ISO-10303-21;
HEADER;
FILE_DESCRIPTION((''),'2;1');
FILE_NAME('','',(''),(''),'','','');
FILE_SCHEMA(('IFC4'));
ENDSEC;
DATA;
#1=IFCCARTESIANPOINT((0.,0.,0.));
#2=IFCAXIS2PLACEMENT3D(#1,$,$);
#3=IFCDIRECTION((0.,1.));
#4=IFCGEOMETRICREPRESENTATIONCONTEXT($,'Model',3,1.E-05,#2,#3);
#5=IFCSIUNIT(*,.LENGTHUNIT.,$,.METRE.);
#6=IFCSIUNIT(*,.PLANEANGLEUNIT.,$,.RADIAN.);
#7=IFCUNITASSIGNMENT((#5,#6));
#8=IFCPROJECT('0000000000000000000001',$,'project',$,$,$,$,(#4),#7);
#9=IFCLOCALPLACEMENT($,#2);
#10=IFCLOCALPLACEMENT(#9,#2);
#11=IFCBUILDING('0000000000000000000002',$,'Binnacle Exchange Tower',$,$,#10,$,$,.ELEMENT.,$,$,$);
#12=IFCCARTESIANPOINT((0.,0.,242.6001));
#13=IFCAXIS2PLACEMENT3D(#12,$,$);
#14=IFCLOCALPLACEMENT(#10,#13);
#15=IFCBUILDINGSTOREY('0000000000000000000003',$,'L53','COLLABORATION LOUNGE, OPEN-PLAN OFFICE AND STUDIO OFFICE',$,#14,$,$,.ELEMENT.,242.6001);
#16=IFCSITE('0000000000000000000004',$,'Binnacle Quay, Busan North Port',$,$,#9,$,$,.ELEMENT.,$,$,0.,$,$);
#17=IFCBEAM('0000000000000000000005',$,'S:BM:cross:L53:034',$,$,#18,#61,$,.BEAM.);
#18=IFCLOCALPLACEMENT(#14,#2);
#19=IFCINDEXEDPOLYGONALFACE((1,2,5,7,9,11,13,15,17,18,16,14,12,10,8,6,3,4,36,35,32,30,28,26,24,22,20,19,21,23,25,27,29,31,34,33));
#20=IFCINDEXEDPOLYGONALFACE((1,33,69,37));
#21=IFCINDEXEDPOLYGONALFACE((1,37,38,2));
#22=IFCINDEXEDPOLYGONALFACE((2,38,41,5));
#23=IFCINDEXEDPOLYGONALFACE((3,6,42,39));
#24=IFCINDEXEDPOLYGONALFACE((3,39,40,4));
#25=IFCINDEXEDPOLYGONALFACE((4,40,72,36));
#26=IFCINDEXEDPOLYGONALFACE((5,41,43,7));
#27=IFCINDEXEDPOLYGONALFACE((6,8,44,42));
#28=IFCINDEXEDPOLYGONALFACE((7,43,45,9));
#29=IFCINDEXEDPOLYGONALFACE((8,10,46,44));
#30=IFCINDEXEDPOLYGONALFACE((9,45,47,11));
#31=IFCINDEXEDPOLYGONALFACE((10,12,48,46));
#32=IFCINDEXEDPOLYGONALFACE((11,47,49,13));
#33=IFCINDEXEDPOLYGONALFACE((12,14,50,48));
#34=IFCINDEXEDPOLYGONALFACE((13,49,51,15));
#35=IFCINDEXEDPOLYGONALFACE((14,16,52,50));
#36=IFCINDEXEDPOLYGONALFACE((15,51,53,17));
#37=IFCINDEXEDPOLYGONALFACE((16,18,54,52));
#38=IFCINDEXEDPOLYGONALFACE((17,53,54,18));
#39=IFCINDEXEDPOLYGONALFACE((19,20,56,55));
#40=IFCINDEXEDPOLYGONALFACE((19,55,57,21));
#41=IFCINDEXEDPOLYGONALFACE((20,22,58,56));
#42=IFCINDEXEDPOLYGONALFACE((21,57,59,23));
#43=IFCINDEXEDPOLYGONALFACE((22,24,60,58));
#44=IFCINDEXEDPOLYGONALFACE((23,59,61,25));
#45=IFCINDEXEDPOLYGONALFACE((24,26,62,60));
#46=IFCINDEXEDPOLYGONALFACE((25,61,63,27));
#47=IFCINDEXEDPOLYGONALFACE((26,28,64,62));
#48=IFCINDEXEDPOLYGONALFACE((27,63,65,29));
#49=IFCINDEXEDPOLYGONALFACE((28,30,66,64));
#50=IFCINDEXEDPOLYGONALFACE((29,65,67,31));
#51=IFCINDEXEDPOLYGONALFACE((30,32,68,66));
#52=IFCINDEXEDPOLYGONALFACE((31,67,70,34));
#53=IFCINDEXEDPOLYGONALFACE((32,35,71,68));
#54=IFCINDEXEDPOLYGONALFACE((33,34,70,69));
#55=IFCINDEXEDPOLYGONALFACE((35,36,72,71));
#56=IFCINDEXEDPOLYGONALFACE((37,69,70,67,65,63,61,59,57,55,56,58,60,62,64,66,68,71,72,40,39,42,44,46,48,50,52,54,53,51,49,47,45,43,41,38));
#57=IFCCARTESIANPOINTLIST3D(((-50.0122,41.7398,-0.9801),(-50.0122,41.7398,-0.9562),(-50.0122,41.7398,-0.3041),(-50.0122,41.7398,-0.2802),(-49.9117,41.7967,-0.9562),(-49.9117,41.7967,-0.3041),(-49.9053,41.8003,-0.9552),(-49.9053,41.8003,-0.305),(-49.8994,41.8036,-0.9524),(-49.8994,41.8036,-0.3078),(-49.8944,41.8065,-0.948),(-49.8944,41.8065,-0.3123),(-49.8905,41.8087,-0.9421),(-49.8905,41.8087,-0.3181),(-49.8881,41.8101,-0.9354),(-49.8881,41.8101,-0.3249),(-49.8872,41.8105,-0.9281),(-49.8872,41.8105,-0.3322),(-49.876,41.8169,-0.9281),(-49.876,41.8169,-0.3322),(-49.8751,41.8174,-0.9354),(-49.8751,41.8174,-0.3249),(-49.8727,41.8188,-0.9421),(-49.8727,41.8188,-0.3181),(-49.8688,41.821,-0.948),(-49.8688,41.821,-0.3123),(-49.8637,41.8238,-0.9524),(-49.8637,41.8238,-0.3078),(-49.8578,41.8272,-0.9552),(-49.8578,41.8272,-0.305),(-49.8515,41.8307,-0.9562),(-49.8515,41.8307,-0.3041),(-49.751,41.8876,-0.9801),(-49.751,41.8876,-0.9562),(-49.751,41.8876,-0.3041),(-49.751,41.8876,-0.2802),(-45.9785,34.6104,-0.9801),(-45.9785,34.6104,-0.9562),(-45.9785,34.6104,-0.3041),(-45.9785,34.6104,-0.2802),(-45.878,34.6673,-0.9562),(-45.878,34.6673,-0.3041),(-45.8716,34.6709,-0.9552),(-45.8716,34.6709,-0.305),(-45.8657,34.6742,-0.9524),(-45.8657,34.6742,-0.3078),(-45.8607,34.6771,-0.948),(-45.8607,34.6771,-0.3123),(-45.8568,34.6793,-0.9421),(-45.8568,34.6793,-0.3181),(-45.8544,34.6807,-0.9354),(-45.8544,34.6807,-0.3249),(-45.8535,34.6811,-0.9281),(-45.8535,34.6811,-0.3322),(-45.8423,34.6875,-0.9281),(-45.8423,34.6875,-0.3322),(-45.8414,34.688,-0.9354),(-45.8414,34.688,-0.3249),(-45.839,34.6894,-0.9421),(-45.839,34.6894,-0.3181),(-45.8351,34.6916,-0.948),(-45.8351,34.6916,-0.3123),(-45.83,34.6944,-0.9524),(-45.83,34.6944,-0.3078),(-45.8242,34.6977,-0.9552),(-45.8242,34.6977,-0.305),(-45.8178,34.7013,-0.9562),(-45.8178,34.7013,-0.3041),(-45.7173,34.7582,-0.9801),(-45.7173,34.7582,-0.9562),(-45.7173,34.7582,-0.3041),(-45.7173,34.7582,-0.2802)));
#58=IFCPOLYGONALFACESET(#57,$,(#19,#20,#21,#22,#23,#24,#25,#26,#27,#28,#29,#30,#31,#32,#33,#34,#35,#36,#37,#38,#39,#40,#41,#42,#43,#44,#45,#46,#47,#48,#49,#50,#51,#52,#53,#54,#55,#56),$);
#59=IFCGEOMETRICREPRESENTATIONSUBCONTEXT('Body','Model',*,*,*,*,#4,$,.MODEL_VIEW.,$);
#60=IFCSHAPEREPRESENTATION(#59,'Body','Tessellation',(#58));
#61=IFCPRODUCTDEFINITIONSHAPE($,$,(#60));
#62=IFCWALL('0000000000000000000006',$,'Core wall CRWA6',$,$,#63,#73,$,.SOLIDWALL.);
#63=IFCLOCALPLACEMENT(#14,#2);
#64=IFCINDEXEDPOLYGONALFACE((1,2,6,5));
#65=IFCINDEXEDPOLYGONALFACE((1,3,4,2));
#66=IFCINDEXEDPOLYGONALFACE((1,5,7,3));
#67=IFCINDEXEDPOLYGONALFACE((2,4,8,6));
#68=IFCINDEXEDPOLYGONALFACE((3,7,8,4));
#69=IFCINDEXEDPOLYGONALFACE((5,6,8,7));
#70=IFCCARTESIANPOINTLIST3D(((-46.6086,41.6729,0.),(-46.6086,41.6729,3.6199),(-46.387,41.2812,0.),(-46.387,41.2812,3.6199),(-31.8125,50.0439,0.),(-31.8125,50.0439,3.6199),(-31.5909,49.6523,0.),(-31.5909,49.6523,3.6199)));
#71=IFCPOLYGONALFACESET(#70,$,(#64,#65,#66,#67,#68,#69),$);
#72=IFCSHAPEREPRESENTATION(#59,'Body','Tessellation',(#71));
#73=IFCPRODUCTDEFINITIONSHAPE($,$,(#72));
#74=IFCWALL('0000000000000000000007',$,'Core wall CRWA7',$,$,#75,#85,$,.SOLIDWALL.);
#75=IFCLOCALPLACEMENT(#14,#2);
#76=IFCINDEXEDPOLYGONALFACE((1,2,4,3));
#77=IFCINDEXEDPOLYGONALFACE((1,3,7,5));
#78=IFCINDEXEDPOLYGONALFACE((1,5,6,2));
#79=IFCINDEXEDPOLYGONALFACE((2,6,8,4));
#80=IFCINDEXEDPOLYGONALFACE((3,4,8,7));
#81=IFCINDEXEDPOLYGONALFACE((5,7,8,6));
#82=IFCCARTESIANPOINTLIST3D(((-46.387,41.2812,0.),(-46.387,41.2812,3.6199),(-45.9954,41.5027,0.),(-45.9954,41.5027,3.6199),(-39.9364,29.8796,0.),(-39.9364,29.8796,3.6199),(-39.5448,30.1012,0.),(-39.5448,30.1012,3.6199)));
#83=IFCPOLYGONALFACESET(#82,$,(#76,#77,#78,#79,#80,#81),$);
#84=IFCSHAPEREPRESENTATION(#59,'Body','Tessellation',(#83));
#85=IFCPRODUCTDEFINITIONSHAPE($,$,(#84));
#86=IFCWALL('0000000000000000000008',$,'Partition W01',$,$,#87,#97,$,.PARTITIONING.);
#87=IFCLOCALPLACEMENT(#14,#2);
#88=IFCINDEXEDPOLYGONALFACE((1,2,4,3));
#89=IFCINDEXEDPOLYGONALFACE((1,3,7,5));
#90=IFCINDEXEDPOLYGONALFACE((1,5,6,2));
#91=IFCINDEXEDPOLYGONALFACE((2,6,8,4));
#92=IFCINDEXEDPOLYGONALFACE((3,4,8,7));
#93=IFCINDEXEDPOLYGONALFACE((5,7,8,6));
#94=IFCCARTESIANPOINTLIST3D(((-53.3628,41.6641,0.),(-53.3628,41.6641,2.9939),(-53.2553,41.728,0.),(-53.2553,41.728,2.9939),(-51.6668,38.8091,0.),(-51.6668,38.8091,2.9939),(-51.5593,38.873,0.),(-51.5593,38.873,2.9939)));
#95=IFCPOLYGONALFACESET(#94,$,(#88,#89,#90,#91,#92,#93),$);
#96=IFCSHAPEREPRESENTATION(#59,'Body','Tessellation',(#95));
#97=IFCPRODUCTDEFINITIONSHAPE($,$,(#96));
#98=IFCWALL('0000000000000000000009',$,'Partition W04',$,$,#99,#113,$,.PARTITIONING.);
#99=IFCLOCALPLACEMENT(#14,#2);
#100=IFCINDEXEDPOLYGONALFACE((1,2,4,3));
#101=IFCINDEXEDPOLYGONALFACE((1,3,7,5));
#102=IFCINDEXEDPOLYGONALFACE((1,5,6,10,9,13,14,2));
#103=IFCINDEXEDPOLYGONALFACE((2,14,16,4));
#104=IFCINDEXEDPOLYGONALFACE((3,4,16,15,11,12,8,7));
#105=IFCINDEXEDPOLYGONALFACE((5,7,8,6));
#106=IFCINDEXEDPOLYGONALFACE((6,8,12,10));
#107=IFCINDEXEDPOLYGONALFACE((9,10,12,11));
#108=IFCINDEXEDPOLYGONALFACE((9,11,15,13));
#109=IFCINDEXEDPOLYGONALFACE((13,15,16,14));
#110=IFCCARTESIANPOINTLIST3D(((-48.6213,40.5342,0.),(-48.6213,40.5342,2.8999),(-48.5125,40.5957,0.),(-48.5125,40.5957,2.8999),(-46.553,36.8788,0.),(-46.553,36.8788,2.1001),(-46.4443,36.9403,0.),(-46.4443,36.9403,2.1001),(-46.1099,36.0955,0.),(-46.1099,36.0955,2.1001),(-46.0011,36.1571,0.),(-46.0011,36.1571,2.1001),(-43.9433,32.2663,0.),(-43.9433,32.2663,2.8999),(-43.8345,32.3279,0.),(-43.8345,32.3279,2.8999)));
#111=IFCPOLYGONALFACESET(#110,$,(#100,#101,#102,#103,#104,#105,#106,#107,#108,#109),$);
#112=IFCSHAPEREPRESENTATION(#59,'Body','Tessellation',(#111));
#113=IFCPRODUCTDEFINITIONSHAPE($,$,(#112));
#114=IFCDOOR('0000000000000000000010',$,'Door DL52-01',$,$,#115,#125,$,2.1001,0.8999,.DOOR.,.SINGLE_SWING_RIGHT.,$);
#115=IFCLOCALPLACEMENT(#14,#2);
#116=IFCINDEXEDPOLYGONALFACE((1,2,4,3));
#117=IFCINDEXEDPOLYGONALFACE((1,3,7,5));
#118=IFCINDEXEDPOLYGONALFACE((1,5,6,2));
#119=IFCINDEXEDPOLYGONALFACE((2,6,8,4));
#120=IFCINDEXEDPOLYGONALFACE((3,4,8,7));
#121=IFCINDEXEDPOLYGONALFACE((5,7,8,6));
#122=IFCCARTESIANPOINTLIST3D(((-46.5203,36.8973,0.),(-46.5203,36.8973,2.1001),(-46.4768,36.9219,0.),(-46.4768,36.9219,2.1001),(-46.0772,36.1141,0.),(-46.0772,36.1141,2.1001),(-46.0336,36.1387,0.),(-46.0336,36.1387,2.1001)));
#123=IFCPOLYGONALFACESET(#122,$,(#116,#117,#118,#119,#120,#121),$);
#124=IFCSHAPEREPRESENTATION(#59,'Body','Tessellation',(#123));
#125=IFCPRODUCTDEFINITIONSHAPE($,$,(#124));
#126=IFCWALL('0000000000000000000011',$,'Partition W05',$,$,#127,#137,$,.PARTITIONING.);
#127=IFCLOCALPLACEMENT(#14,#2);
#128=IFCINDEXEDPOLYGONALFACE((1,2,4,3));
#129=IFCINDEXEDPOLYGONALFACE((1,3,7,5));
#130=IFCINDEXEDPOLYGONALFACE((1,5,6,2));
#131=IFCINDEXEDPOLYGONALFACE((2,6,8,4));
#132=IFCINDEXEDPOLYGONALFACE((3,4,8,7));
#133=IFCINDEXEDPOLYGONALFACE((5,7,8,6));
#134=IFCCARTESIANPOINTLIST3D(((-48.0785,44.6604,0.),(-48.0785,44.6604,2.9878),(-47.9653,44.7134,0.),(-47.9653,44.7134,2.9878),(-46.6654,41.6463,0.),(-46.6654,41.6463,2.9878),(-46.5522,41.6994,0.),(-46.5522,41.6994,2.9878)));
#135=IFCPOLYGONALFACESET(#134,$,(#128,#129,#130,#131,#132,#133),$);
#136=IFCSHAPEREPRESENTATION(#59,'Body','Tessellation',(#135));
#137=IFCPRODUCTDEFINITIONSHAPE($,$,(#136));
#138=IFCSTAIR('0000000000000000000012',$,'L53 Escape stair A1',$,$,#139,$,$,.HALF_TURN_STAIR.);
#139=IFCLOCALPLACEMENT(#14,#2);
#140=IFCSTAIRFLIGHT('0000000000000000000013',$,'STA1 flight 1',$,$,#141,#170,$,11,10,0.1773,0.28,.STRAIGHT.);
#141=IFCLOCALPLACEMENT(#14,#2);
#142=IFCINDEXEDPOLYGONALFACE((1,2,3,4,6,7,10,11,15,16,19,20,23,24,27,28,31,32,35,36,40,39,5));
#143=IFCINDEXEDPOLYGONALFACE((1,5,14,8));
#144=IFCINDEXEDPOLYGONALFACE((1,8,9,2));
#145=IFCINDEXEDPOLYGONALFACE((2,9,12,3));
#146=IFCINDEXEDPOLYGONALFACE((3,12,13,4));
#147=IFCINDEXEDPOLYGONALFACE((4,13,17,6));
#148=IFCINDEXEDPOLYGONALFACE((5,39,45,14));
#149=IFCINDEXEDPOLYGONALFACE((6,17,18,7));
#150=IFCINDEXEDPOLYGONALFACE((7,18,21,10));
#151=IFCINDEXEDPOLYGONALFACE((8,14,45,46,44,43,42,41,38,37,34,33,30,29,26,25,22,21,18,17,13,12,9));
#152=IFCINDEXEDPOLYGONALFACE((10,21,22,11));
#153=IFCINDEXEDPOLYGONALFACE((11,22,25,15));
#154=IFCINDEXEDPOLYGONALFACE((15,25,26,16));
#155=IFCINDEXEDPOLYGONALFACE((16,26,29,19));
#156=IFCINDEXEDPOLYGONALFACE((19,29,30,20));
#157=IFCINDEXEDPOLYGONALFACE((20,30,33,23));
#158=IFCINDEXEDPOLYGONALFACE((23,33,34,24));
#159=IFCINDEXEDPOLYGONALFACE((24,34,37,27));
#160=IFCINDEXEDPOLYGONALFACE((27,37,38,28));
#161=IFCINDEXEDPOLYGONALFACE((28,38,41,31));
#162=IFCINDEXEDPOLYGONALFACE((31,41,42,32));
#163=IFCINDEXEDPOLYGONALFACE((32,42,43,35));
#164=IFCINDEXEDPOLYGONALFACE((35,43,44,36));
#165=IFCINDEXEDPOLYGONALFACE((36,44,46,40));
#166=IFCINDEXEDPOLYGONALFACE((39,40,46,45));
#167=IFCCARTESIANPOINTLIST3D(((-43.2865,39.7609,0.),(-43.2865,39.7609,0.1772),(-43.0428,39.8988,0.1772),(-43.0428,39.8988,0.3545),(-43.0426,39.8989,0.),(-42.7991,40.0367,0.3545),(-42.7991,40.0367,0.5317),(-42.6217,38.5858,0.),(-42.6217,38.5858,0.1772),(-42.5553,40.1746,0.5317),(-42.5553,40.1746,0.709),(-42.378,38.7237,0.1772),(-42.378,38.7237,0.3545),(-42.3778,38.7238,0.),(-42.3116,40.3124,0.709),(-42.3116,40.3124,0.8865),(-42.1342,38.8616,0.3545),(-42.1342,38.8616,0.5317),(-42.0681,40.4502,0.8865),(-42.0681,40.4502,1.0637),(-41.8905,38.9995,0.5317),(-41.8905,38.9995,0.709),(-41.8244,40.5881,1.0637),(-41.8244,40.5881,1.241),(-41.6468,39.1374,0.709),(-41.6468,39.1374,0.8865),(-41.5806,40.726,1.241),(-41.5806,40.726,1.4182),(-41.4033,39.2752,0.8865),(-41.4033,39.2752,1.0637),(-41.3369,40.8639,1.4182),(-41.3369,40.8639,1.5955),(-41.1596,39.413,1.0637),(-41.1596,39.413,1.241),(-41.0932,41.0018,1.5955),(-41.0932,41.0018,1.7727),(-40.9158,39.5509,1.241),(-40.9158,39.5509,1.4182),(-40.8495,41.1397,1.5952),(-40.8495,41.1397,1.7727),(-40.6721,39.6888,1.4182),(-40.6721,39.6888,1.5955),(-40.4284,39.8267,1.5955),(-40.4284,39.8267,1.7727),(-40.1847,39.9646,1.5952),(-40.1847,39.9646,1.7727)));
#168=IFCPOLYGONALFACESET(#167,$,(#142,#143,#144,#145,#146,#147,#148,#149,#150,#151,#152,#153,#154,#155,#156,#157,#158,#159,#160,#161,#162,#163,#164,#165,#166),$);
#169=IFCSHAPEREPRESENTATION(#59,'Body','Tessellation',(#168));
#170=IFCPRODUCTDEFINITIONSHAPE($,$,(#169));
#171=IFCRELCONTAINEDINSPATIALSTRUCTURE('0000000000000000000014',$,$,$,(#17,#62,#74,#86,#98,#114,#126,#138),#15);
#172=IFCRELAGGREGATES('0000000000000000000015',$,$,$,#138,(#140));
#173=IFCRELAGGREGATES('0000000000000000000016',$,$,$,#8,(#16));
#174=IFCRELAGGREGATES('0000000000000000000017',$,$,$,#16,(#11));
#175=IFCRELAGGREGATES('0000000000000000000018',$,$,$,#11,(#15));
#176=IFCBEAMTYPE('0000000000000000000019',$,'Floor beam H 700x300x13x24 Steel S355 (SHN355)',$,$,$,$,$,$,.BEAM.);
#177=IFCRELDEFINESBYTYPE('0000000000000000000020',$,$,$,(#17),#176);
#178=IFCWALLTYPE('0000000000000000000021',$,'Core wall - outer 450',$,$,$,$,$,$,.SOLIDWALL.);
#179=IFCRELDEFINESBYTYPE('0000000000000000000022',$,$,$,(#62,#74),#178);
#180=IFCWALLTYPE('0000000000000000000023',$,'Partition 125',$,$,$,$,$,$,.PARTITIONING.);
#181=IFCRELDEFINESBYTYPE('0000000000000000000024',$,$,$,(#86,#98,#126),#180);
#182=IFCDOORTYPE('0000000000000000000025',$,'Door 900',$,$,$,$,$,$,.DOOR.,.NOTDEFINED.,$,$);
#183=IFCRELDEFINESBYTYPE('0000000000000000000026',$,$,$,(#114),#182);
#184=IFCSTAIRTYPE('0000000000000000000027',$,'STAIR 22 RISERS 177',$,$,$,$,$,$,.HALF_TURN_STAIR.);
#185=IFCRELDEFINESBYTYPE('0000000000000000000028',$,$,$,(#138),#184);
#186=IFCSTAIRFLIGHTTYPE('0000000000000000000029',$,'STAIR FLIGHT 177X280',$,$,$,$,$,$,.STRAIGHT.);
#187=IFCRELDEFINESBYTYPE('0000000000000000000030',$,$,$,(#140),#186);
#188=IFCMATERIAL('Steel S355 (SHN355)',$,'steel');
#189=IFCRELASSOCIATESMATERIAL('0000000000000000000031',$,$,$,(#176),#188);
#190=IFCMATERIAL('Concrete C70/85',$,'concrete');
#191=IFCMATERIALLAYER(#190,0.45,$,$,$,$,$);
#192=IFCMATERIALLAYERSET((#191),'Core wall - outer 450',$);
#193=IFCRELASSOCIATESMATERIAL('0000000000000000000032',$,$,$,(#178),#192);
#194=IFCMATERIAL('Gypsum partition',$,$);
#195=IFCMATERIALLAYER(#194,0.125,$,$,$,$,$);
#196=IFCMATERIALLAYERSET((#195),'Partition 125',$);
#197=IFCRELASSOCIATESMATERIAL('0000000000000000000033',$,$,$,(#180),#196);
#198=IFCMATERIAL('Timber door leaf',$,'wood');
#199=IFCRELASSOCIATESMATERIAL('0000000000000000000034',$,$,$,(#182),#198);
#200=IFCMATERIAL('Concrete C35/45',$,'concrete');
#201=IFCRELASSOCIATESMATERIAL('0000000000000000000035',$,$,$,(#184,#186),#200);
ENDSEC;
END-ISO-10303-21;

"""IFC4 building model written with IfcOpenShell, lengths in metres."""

from ifc_helpers import new_model, si_unit, direction, frame, frame_2d, origin, origin_2d, place, context, subcontext, project, spatial, polyline, rectangle, i_section, outline, extrude, material, layer, layer_set, material_profile, profile_set, type_object, element, fill, aggregate, save


model = new_model("IFC4")

# Units and contexts
model_context = context("Model", 3, precision=1e-05, world=origin(), true_north=direction((0.0, 1.0)))
body_context = subcontext(model_context, "Body", "Model", "MODEL_VIEW")
ifc_project = project(units=[si_unit("LENGTHUNIT", "METRE"), si_unit("PLANEANGLEUNIT", "RADIAN")], contexts=[model_context])

# Site, building, storey
site_placement = place(None, origin())
site = spatial("IfcSite", under=ifc_project, at=site_placement, Name="Binnacle Quay, Busan North Port", CompositionType="ELEMENT", RefElevation=0.0)
building_placement = place(site_placement, origin())
building = spatial("IfcBuilding", under=site, at=building_placement, Name="Binnacle Exchange Tower", CompositionType="ELEMENT")
storey_placement = place(building_placement, frame((0.0, 0.0, 242.6001)))
storey = spatial("IfcBuildingStorey", under=building, at=storey_placement, Name="L53", Description="COLLABORATION LOUNGE, OPEN-PLAN OFFICE AND STUDIO OFFICE", CompositionType="ELEMENT", Elevation=242.6001)

# Beam
ifc_material_1 = material(Name="Steel S355 (SHN355)", Category="steel")
ifc_material_profile_1 = material_profile(ifc_material_1, i_section(OverallWidth=0.3, OverallDepth=0.7, WebThickness=0.0129, FlangeThickness=0.0239, FilletRadius=0.0281, at=origin_2d()), Name="H 700x300x13x24")
ifc_profile_set_1 = profile_set([ifc_material_profile_1], Name="Steel S355 (SHN355)")
beam_type_1 = type_object("IfcBeamType", Name="Floor beam H 700x300x13x24 Steel S355 (SHN355)", PredefinedType="BEAM", material=ifc_profile_set_1)
beam_1_placement = place(storey_placement, frame((-49.8816, 41.8137, -0.6301), z_axis=(0.49243, -0.870352, 0.0), x_axis=(0.870352, 0.49243, 0.0)))
element("IfcBeam", 1, at=beam_1_placement, inside=storey, type_object=beam_type_1, Name="S:BM:cross:L53:034", PredefinedType="BEAM", context=body_context, shape_type="SweptSolid", body=[
    extrude(i_section(OverallWidth=0.3, OverallDepth=0.7, WebThickness=0.0129, FlangeThickness=0.0239, FilletRadius=0.0281, at=origin_2d()), origin(), (0.0, 0.0, 1.0), 8.1914),
])

# Walls
ifc_material_2 = material(Name="Concrete C70/85", Category="concrete")
ifc_layer_1 = layer(ifc_material_2, 0.45)
ifc_layer_set_1 = layer_set([ifc_layer_1], Name="Core wall - outer 450")
wall_type_1 = type_object("IfcWallType", Name="Core wall - outer 450", PredefinedType="SOLIDWALL", material=ifc_layer_set_1)
wall_1_placement = place(storey_placement, frame((-46.4978, 41.4771, 0.0), z_axis=(0.0, 0.0, 1.0), x_axis=(0.87036, 0.492416, 0.0)))
element("IfcWall", 2, at=wall_1_placement, inside=storey, type_object=wall_type_1, Name="Core wall CRWA6", PredefinedType="SOLIDWALL", context=body_context, shape_type="SweptSolid", body=[
    extrude(rectangle(XDim=17.0, YDim=0.45, at=frame_2d((8.5, 0.0))), origin(), (0.0, 0.0, 1.0), 3.6199),
])
wall_2_placement = place(storey_placement, frame((-46.1912, 41.3918, 0.0), z_axis=(0.0, 0.0, 1.0), x_axis=(0.492421, -0.870357, 0.0)))
element("IfcWall", 3, at=wall_2_placement, inside=storey, type_object=wall_type_1, Name="Core wall CRWA7", PredefinedType="SOLIDWALL", context=body_context, shape_type="SweptSolid", body=[
    extrude(rectangle(XDim=13.0999, YDim=0.45, at=frame_2d((6.5498, 0.0))), origin(), (0.0, 0.0, 1.0), 3.6199),
])
ifc_material_3 = material(Name="Gypsum partition")
ifc_layer_2 = layer(ifc_material_3, 0.125)
ifc_layer_set_2 = layer_set([ifc_layer_2], Name="Partition 125")
wall_type_2 = type_object("IfcWallType", Name="Partition 125", PredefinedType="PARTITIONING", material=ifc_layer_set_2)
wall_3_placement = place(storey_placement, frame((-53.3091, 41.696, 0.0), z_axis=(0.0, 0.0, 1.0), x_axis=(0.510739, -0.859736, 0.0)))
element("IfcWall", 4, at=wall_3_placement, inside=storey, type_object=wall_type_2, Name="Partition W01", PredefinedType="PARTITIONING", context=body_context, shape_type="SweptSolid", body=[
    extrude(rectangle(XDim=3.3208, YDim=0.125, at=frame_2d((1.6604, 0.0))), origin(), (0.0, 0.0, 1.0), 2.9939),
])

# Wall, opening, door
wall_4_placement = place(storey_placement, frame((-48.5669, 40.5649, 0.0), z_axis=(0.0, 0.0, 1.0), x_axis=(0.492445, -0.870344, 0.0)))
wall_4 = element("IfcWall", 5, at=wall_4_placement, inside=storey, type_object=wall_type_2, Name="Partition W04", PredefinedType="PARTITIONING", context=body_context, shape_type="SweptSolid", body=[
    extrude(rectangle(XDim=9.4995, YDim=0.125, at=frame_2d((4.7498, 0.0))), origin(), (0.0, 0.0, 1.0), 2.8999),
])
opening_placement = place(wall_4_placement, frame((4.2, 0.0, 0.0)))
opening = element("IfcOpeningElement", 6, at=opening_placement, cuts=wall_4, PredefinedType="OPENING", context=body_context, shape_type="SweptSolid", body=[
    extrude(rectangle(XDim=0.8999, YDim=2.1001, at=frame_2d((0.45, 1.05))), frame((0.0, 0.0725, 0.0), z_axis=(0.0, -1.0, 0.0), x_axis=(1.0, 0.0, 0.0)), (0.0, 0.0, 1.0), 0.145),
])
ifc_material_4 = material(Name="Timber door leaf", Category="wood")
door_type = type_object("IfcDoorType", Name="Door 900", OperationType="NOTDEFINED", PredefinedType="DOOR", material=ifc_material_4)
door_placement = place(opening_placement, frame((0.8999, 0.0, 0.0), z_axis=(0.0, 0.0, 1.0), x_axis=(-1.0, 0.0, 0.0)))
door = element("IfcDoor", 7, at=door_placement, inside=storey, type_object=door_type, Name="Door DL52-01", OperationType="SINGLE_SWING_RIGHT", OverallHeight=2.1001, OverallWidth=0.8999, PredefinedType="DOOR", context=body_context, shape_type="SweptSolid", body=[
    extrude(rectangle(XDim=0.8999, YDim=2.1001, at=frame_2d((0.45, 1.05))), frame((0.0, 0.0249, 0.0), z_axis=(0.0, -1.0, 0.0), x_axis=(1.0, 0.0, 0.0)), (0.0, 0.0, 1.0), 0.05),
])
fill(opening, door)

# Wall
wall_5_placement = place(storey_placement, frame((-48.022, 44.687, 0.0), z_axis=(0.0, 0.0, 1.0), x_axis=(0.424511, -0.905423, 0.0)))
element("IfcWall", 8, at=wall_5_placement, inside=storey, type_object=wall_type_2, Name="Partition W05", PredefinedType="PARTITIONING", context=body_context, shape_type="SweptSolid", body=[
    extrude(rectangle(XDim=3.3289, YDim=0.125, at=frame_2d((1.6646, 0.0))), origin(), (0.0, 0.0, 1.0), 2.9878),
])

# Stair, stair flight
ifc_material_5 = material(Name="Concrete C35/45", Category="concrete")
stair_type = type_object("IfcStairType", Name="STAIR 22 RISERS 177", PredefinedType="HALF_TURN_STAIR", material=ifc_material_5)
stair_placement = place(storey_placement, origin())
stair = element("IfcStair", 9, at=stair_placement, inside=storey, type_object=stair_type, Name="L53 Escape stair A1", PredefinedType="HALF_TURN_STAIR")
stair_flight_type = type_object("IfcStairFlightType", Name="STAIR FLIGHT 177X280", PredefinedType="STRAIGHT", material=ifc_material_5)
stair_flight_1_placement = place(storey_placement, frame((-42.9541, 39.1733, 0.0), z_axis=(0.0, 0.0, 1.0), x_axis=(0.870356, 0.492424, 0.0)))
stair_flight_1 = element("IfcStairFlight", 10, at=stair_flight_1_placement, type_object=stair_flight_type, Name="STA1 flight 1", NumberOfRisers=11, NumberOfTreads=10, PredefinedType="STRAIGHT", RiserHeight=0.1773, TreadLength=0.28, context=body_context, shape_type="SweptSolid", body=[
    extrude(outline(polyline([(0.0, 0.0), (0.0, 0.1772), (0.28, 0.1772), (0.28, 0.3545), (0.5601, 0.3545), (0.5601, 0.5317), (0.8401, 0.5317), (0.8401, 0.709), (1.1201, 0.709), (1.1201, 0.8865), (1.3999, 0.8865), (1.3999, 1.0637), (1.6799, 1.0637), (1.6799, 1.241), (1.96, 1.241), (1.96, 1.4182), (2.24, 1.4182), (2.24, 1.5955), (2.52, 1.5955), (2.52, 1.7727), (2.8, 1.7727), (2.8, 1.95), (2.8, 1.5952), (0.2803, 0.0), (0.0, 0.0)])), frame((0.0, 0.675, 0.0), z_axis=(0.0, -1.0, 0.0), x_axis=(1.0, 0.0, 0.0)), (0.0, 0.0, 1.0), 1.3501),
])
aggregate(stair, [stair_flight_1])

save(model, "model.ifc")
